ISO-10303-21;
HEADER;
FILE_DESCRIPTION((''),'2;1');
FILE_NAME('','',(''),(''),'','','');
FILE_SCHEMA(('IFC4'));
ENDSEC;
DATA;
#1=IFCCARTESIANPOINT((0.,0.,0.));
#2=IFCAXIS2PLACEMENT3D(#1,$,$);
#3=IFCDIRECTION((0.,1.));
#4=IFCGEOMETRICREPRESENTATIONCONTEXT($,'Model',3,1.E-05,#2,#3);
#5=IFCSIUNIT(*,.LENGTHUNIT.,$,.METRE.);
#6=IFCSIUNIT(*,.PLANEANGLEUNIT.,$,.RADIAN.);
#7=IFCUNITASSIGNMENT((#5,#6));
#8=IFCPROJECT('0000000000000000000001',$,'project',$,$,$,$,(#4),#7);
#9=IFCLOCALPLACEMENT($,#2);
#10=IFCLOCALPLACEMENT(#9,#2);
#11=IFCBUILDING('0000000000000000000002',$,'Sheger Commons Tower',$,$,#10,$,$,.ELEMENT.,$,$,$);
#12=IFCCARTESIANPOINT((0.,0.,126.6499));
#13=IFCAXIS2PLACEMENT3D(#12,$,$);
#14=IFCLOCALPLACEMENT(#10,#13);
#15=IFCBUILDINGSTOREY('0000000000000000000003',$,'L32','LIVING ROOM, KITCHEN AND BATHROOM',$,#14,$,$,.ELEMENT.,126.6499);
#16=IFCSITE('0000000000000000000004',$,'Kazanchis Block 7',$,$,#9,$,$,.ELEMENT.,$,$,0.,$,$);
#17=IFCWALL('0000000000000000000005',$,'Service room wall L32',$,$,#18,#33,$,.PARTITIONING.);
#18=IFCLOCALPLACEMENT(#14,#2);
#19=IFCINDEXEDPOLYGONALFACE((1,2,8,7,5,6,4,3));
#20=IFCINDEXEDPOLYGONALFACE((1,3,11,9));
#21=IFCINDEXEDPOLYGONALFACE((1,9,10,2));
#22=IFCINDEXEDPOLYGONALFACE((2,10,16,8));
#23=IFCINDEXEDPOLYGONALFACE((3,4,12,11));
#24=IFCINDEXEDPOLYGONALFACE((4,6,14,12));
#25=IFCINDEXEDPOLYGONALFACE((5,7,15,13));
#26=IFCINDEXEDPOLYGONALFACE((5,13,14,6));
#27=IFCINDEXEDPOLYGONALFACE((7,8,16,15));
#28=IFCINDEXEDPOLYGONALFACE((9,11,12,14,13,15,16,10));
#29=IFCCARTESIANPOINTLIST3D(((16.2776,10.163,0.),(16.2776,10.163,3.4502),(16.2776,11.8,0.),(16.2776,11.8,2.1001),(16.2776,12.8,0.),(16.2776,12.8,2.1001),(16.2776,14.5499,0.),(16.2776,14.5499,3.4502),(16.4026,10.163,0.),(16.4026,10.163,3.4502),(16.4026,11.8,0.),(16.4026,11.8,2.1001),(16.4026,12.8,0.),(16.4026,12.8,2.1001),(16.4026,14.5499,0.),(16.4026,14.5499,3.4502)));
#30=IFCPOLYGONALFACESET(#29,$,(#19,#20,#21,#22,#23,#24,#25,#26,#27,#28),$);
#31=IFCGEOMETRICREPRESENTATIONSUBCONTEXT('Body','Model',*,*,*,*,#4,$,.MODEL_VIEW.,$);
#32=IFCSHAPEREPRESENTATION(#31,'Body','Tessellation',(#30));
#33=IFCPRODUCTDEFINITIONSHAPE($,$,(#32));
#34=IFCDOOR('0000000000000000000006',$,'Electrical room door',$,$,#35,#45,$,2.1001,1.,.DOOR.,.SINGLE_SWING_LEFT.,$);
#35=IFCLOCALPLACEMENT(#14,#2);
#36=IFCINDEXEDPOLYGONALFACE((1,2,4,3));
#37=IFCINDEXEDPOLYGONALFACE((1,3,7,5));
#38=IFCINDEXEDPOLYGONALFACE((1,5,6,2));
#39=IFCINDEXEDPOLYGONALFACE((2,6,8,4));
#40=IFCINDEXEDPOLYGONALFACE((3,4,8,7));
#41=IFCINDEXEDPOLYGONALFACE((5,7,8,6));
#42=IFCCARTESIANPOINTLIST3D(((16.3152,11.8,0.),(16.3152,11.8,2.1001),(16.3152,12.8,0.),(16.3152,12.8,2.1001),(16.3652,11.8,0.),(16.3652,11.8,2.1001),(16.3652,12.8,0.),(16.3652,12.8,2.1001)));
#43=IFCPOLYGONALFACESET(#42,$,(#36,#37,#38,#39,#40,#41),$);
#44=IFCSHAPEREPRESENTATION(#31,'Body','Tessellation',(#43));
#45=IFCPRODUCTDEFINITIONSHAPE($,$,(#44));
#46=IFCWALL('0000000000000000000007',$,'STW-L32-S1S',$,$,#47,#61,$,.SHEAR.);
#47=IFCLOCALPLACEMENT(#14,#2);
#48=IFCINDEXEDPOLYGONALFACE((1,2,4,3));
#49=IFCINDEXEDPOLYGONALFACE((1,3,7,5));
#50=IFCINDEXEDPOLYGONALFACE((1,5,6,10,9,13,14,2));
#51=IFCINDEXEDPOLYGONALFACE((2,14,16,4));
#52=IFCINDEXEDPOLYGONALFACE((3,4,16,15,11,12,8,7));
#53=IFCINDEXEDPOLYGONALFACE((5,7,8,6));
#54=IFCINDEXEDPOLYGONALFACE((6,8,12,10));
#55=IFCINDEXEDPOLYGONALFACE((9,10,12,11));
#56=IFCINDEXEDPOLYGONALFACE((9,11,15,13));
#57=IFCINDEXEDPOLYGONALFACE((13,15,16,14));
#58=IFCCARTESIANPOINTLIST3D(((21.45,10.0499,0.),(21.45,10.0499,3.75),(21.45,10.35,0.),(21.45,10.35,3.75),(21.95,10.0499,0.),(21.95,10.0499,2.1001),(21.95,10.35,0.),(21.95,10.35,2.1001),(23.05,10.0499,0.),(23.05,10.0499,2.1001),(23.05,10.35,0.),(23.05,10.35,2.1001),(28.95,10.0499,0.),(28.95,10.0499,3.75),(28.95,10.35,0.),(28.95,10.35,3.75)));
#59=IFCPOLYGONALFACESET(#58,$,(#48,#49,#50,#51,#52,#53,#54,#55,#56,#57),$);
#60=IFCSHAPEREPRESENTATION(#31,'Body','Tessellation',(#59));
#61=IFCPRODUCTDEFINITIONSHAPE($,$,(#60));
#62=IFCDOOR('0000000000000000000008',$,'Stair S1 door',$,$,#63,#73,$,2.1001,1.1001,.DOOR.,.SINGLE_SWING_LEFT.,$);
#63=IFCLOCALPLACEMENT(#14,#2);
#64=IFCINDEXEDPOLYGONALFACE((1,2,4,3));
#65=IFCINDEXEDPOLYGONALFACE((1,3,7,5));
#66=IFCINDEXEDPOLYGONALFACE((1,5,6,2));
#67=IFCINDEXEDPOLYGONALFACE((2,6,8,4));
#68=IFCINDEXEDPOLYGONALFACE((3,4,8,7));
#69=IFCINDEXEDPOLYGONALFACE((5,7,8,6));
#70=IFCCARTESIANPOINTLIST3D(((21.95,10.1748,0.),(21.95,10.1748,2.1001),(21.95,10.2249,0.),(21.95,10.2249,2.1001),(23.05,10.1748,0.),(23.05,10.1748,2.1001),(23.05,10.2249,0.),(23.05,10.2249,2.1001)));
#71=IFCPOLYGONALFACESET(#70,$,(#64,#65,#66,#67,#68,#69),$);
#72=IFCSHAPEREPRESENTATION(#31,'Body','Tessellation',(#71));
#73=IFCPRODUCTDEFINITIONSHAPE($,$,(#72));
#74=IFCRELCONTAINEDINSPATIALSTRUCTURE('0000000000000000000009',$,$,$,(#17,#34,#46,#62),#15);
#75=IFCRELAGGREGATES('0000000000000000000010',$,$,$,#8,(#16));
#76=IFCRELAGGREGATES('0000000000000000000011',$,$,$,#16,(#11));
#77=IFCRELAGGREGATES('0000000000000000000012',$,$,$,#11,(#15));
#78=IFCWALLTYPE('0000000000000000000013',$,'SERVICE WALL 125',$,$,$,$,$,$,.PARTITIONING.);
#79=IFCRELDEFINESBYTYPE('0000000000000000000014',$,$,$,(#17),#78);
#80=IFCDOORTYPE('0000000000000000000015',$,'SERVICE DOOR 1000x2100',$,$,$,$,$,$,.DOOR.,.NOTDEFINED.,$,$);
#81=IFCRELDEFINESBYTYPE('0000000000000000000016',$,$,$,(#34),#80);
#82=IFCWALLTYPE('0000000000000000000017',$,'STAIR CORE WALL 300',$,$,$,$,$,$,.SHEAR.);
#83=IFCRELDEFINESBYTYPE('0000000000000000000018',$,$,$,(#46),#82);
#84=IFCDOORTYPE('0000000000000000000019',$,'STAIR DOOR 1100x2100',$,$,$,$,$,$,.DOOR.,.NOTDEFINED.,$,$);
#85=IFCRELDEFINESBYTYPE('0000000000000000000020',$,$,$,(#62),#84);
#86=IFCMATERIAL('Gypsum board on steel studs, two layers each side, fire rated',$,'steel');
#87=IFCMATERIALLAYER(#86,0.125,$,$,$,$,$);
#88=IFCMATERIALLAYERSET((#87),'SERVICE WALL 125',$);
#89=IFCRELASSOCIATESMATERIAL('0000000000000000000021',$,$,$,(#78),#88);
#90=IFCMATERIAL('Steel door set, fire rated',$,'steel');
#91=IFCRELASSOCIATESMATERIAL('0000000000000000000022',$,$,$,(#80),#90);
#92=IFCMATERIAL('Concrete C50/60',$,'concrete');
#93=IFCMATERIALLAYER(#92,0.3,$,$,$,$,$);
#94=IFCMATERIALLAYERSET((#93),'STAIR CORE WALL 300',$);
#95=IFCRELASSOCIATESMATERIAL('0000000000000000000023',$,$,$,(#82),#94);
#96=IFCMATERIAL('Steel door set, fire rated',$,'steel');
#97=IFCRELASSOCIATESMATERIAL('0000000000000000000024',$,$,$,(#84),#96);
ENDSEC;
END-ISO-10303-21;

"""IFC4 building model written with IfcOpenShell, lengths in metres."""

from ifc_helpers import new_model, si_unit, direction, frame, frame_2d, origin, place, context, subcontext, project, spatial, rectangle, extrude, material, layer, layer_set, type_object, element, fill, save


model = new_model("IFC4")

# Units and contexts
model_context = context("Model", 3, precision=1e-05, world=origin(), true_north=direction((0.0, 1.0)))
body_context = subcontext(model_context, "Body", "Model", "MODEL_VIEW")
ifc_project = project(units=[si_unit("LENGTHUNIT", "METRE"), si_unit("PLANEANGLEUNIT", "RADIAN")], contexts=[model_context])

# Site, building, storey
site_placement = place(None, origin())
site = spatial("IfcSite", under=ifc_project, at=site_placement, Name="Kazanchis Block 7", CompositionType="ELEMENT", RefElevation=0.0)
building_placement = place(site_placement, origin())
building = spatial("IfcBuilding", under=site, at=building_placement, Name="Sheger Commons Tower", CompositionType="ELEMENT")
storey_placement = place(building_placement, frame((0.0, 0.0, 126.6499)))
storey = spatial("IfcBuildingStorey", under=building, at=storey_placement, Name="L32", Description="LIVING ROOM, KITCHEN AND BATHROOM", CompositionType="ELEMENT", Elevation=126.6499)

# Shared definitions
ifc_material_1 = material(Name="Gypsum board on steel studs, two layers each side, fire rated", Category="steel")
ifc_layer_1 = layer(ifc_material_1, 0.125)
ifc_layer_set_1 = layer_set([ifc_layer_1], Name="SERVICE WALL 125")
wall_type_1 = type_object("IfcWallType", Name="SERVICE WALL 125", PredefinedType="PARTITIONING", material=ifc_layer_set_1)
ifc_material_2 = material(Name="Steel door set, fire rated", Category="steel")
door_type_1 = type_object("IfcDoorType", Name="SERVICE DOOR 1000x2100", OperationType="NOTDEFINED", PredefinedType="DOOR", material=ifc_material_2)

# Walls, openings, doors
wall_1_placement = place(storey_placement, frame((16.3401, 10.1631, 0.0), z_axis=(0.0, 0.0, 1.0), x_axis=(0.0, 1.0, 0.0)))
wall_1 = element("IfcWall", 1, at=wall_1_placement, inside=storey, type_object=wall_type_1, Name="Service room wall L32", PredefinedType="PARTITIONING", context=body_context, shape_type="SweptSolid", body=[
    extrude(rectangle(XDim=4.387, YDim=0.125, at=frame_2d((2.1934, 0.0))), origin(), (0.0, 0.0, 1.0), 3.4502),
])
opening_1_placement = place(wall_1_placement, frame((1.637, 0.0, 0.0)))
opening_1 = element("IfcOpeningElement", 2, at=opening_1_placement, cuts=wall_1, PredefinedType="OPENING", context=body_context, shape_type="SweptSolid", body=[
    extrude(rectangle(XDim=1.0, YDim=2.1001, at=frame_2d((0.5, 1.05))), frame((0.0, 0.0725, 0.0), z_axis=(0.0, -1.0, 0.0), x_axis=(1.0, 0.0, 0.0)), (0.0, 0.0, 1.0), 0.145),
])
door_1_placement = place(opening_1_placement, origin())
door_1 = element("IfcDoor", 3, at=door_1_placement, inside=storey, type_object=door_type_1, Name="Electrical room door", OperationType="SINGLE_SWING_LEFT", OverallHeight=2.1001, OverallWidth=1.0, PredefinedType="DOOR", context=body_context, shape_type="SweptSolid", body=[
    extrude(rectangle(XDim=1.0, YDim=2.1001, at=frame_2d((0.5, 1.05))), frame((0.0, 0.0249, 0.0), z_axis=(0.0, -1.0, 0.0), x_axis=(1.0, 0.0, 0.0)), (0.0, 0.0, 1.0), 0.05),
])
fill(opening_1, door_1)
ifc_material_3 = material(Name="Concrete C50/60", Category="concrete")
ifc_layer_2 = layer(ifc_material_3, 0.3)
ifc_layer_set_2 = layer_set([ifc_layer_2], Name="STAIR CORE WALL 300")
wall_type_2 = type_object("IfcWallType", Name="STAIR CORE WALL 300", PredefinedType="SHEAR", material=ifc_layer_set_2)
wall_2_placement = place(storey_placement, frame((21.45, 10.2, 0.0), z_axis=(0.0, 0.0, 1.0), x_axis=(1.0, 0.0, 0.0)))
wall_2 = element("IfcWall", 4, at=wall_2_placement, inside=storey, type_object=wall_type_2, Name="STW-L32-S1S", PredefinedType="SHEAR", context=body_context, shape_type="SweptSolid", body=[
    extrude(rectangle(XDim=7.5, YDim=0.3, at=frame_2d((3.75, 0.0))), origin(), (0.0, 0.0, 1.0), 3.75),
])
opening_2_placement = place(wall_2_placement, frame((0.5, 0.0, 0.0)))
opening_2 = element("IfcOpeningElement", 5, at=opening_2_placement, cuts=wall_2, PredefinedType="OPENING", context=body_context, shape_type="SweptSolid", body=[
    extrude(rectangle(XDim=1.1001, YDim=2.1001, at=frame_2d((0.55, 1.05))), frame((0.0, 0.1599, 0.0), z_axis=(0.0, -1.0, 0.0), x_axis=(1.0, 0.0, 0.0)), (0.0, 0.0, 1.0), 0.3201),
])
ifc_material_4 = material(Name="Steel door set, fire rated", Category="steel")
door_type_2 = type_object("IfcDoorType", Name="STAIR DOOR 1100x2100", OperationType="NOTDEFINED", PredefinedType="DOOR", material=ifc_material_4)
door_2_placement = place(opening_2_placement, origin())
door_2 = element("IfcDoor", 6, at=door_2_placement, inside=storey, type_object=door_type_2, Name="Stair S1 door", OperationType="SINGLE_SWING_LEFT", OverallHeight=2.1001, OverallWidth=1.1001, PredefinedType="DOOR", context=body_context, shape_type="SweptSolid", body=[
    extrude(rectangle(XDim=1.1001, YDim=2.1001, at=frame_2d((0.55, 1.05))), frame((0.0, 0.0249, 0.0), z_axis=(0.0, -1.0, 0.0), x_axis=(1.0, 0.0, 0.0)), (0.0, 0.0, 1.0), 0.05),
])
fill(opening_2, door_2)

save(model, "model.ifc")
